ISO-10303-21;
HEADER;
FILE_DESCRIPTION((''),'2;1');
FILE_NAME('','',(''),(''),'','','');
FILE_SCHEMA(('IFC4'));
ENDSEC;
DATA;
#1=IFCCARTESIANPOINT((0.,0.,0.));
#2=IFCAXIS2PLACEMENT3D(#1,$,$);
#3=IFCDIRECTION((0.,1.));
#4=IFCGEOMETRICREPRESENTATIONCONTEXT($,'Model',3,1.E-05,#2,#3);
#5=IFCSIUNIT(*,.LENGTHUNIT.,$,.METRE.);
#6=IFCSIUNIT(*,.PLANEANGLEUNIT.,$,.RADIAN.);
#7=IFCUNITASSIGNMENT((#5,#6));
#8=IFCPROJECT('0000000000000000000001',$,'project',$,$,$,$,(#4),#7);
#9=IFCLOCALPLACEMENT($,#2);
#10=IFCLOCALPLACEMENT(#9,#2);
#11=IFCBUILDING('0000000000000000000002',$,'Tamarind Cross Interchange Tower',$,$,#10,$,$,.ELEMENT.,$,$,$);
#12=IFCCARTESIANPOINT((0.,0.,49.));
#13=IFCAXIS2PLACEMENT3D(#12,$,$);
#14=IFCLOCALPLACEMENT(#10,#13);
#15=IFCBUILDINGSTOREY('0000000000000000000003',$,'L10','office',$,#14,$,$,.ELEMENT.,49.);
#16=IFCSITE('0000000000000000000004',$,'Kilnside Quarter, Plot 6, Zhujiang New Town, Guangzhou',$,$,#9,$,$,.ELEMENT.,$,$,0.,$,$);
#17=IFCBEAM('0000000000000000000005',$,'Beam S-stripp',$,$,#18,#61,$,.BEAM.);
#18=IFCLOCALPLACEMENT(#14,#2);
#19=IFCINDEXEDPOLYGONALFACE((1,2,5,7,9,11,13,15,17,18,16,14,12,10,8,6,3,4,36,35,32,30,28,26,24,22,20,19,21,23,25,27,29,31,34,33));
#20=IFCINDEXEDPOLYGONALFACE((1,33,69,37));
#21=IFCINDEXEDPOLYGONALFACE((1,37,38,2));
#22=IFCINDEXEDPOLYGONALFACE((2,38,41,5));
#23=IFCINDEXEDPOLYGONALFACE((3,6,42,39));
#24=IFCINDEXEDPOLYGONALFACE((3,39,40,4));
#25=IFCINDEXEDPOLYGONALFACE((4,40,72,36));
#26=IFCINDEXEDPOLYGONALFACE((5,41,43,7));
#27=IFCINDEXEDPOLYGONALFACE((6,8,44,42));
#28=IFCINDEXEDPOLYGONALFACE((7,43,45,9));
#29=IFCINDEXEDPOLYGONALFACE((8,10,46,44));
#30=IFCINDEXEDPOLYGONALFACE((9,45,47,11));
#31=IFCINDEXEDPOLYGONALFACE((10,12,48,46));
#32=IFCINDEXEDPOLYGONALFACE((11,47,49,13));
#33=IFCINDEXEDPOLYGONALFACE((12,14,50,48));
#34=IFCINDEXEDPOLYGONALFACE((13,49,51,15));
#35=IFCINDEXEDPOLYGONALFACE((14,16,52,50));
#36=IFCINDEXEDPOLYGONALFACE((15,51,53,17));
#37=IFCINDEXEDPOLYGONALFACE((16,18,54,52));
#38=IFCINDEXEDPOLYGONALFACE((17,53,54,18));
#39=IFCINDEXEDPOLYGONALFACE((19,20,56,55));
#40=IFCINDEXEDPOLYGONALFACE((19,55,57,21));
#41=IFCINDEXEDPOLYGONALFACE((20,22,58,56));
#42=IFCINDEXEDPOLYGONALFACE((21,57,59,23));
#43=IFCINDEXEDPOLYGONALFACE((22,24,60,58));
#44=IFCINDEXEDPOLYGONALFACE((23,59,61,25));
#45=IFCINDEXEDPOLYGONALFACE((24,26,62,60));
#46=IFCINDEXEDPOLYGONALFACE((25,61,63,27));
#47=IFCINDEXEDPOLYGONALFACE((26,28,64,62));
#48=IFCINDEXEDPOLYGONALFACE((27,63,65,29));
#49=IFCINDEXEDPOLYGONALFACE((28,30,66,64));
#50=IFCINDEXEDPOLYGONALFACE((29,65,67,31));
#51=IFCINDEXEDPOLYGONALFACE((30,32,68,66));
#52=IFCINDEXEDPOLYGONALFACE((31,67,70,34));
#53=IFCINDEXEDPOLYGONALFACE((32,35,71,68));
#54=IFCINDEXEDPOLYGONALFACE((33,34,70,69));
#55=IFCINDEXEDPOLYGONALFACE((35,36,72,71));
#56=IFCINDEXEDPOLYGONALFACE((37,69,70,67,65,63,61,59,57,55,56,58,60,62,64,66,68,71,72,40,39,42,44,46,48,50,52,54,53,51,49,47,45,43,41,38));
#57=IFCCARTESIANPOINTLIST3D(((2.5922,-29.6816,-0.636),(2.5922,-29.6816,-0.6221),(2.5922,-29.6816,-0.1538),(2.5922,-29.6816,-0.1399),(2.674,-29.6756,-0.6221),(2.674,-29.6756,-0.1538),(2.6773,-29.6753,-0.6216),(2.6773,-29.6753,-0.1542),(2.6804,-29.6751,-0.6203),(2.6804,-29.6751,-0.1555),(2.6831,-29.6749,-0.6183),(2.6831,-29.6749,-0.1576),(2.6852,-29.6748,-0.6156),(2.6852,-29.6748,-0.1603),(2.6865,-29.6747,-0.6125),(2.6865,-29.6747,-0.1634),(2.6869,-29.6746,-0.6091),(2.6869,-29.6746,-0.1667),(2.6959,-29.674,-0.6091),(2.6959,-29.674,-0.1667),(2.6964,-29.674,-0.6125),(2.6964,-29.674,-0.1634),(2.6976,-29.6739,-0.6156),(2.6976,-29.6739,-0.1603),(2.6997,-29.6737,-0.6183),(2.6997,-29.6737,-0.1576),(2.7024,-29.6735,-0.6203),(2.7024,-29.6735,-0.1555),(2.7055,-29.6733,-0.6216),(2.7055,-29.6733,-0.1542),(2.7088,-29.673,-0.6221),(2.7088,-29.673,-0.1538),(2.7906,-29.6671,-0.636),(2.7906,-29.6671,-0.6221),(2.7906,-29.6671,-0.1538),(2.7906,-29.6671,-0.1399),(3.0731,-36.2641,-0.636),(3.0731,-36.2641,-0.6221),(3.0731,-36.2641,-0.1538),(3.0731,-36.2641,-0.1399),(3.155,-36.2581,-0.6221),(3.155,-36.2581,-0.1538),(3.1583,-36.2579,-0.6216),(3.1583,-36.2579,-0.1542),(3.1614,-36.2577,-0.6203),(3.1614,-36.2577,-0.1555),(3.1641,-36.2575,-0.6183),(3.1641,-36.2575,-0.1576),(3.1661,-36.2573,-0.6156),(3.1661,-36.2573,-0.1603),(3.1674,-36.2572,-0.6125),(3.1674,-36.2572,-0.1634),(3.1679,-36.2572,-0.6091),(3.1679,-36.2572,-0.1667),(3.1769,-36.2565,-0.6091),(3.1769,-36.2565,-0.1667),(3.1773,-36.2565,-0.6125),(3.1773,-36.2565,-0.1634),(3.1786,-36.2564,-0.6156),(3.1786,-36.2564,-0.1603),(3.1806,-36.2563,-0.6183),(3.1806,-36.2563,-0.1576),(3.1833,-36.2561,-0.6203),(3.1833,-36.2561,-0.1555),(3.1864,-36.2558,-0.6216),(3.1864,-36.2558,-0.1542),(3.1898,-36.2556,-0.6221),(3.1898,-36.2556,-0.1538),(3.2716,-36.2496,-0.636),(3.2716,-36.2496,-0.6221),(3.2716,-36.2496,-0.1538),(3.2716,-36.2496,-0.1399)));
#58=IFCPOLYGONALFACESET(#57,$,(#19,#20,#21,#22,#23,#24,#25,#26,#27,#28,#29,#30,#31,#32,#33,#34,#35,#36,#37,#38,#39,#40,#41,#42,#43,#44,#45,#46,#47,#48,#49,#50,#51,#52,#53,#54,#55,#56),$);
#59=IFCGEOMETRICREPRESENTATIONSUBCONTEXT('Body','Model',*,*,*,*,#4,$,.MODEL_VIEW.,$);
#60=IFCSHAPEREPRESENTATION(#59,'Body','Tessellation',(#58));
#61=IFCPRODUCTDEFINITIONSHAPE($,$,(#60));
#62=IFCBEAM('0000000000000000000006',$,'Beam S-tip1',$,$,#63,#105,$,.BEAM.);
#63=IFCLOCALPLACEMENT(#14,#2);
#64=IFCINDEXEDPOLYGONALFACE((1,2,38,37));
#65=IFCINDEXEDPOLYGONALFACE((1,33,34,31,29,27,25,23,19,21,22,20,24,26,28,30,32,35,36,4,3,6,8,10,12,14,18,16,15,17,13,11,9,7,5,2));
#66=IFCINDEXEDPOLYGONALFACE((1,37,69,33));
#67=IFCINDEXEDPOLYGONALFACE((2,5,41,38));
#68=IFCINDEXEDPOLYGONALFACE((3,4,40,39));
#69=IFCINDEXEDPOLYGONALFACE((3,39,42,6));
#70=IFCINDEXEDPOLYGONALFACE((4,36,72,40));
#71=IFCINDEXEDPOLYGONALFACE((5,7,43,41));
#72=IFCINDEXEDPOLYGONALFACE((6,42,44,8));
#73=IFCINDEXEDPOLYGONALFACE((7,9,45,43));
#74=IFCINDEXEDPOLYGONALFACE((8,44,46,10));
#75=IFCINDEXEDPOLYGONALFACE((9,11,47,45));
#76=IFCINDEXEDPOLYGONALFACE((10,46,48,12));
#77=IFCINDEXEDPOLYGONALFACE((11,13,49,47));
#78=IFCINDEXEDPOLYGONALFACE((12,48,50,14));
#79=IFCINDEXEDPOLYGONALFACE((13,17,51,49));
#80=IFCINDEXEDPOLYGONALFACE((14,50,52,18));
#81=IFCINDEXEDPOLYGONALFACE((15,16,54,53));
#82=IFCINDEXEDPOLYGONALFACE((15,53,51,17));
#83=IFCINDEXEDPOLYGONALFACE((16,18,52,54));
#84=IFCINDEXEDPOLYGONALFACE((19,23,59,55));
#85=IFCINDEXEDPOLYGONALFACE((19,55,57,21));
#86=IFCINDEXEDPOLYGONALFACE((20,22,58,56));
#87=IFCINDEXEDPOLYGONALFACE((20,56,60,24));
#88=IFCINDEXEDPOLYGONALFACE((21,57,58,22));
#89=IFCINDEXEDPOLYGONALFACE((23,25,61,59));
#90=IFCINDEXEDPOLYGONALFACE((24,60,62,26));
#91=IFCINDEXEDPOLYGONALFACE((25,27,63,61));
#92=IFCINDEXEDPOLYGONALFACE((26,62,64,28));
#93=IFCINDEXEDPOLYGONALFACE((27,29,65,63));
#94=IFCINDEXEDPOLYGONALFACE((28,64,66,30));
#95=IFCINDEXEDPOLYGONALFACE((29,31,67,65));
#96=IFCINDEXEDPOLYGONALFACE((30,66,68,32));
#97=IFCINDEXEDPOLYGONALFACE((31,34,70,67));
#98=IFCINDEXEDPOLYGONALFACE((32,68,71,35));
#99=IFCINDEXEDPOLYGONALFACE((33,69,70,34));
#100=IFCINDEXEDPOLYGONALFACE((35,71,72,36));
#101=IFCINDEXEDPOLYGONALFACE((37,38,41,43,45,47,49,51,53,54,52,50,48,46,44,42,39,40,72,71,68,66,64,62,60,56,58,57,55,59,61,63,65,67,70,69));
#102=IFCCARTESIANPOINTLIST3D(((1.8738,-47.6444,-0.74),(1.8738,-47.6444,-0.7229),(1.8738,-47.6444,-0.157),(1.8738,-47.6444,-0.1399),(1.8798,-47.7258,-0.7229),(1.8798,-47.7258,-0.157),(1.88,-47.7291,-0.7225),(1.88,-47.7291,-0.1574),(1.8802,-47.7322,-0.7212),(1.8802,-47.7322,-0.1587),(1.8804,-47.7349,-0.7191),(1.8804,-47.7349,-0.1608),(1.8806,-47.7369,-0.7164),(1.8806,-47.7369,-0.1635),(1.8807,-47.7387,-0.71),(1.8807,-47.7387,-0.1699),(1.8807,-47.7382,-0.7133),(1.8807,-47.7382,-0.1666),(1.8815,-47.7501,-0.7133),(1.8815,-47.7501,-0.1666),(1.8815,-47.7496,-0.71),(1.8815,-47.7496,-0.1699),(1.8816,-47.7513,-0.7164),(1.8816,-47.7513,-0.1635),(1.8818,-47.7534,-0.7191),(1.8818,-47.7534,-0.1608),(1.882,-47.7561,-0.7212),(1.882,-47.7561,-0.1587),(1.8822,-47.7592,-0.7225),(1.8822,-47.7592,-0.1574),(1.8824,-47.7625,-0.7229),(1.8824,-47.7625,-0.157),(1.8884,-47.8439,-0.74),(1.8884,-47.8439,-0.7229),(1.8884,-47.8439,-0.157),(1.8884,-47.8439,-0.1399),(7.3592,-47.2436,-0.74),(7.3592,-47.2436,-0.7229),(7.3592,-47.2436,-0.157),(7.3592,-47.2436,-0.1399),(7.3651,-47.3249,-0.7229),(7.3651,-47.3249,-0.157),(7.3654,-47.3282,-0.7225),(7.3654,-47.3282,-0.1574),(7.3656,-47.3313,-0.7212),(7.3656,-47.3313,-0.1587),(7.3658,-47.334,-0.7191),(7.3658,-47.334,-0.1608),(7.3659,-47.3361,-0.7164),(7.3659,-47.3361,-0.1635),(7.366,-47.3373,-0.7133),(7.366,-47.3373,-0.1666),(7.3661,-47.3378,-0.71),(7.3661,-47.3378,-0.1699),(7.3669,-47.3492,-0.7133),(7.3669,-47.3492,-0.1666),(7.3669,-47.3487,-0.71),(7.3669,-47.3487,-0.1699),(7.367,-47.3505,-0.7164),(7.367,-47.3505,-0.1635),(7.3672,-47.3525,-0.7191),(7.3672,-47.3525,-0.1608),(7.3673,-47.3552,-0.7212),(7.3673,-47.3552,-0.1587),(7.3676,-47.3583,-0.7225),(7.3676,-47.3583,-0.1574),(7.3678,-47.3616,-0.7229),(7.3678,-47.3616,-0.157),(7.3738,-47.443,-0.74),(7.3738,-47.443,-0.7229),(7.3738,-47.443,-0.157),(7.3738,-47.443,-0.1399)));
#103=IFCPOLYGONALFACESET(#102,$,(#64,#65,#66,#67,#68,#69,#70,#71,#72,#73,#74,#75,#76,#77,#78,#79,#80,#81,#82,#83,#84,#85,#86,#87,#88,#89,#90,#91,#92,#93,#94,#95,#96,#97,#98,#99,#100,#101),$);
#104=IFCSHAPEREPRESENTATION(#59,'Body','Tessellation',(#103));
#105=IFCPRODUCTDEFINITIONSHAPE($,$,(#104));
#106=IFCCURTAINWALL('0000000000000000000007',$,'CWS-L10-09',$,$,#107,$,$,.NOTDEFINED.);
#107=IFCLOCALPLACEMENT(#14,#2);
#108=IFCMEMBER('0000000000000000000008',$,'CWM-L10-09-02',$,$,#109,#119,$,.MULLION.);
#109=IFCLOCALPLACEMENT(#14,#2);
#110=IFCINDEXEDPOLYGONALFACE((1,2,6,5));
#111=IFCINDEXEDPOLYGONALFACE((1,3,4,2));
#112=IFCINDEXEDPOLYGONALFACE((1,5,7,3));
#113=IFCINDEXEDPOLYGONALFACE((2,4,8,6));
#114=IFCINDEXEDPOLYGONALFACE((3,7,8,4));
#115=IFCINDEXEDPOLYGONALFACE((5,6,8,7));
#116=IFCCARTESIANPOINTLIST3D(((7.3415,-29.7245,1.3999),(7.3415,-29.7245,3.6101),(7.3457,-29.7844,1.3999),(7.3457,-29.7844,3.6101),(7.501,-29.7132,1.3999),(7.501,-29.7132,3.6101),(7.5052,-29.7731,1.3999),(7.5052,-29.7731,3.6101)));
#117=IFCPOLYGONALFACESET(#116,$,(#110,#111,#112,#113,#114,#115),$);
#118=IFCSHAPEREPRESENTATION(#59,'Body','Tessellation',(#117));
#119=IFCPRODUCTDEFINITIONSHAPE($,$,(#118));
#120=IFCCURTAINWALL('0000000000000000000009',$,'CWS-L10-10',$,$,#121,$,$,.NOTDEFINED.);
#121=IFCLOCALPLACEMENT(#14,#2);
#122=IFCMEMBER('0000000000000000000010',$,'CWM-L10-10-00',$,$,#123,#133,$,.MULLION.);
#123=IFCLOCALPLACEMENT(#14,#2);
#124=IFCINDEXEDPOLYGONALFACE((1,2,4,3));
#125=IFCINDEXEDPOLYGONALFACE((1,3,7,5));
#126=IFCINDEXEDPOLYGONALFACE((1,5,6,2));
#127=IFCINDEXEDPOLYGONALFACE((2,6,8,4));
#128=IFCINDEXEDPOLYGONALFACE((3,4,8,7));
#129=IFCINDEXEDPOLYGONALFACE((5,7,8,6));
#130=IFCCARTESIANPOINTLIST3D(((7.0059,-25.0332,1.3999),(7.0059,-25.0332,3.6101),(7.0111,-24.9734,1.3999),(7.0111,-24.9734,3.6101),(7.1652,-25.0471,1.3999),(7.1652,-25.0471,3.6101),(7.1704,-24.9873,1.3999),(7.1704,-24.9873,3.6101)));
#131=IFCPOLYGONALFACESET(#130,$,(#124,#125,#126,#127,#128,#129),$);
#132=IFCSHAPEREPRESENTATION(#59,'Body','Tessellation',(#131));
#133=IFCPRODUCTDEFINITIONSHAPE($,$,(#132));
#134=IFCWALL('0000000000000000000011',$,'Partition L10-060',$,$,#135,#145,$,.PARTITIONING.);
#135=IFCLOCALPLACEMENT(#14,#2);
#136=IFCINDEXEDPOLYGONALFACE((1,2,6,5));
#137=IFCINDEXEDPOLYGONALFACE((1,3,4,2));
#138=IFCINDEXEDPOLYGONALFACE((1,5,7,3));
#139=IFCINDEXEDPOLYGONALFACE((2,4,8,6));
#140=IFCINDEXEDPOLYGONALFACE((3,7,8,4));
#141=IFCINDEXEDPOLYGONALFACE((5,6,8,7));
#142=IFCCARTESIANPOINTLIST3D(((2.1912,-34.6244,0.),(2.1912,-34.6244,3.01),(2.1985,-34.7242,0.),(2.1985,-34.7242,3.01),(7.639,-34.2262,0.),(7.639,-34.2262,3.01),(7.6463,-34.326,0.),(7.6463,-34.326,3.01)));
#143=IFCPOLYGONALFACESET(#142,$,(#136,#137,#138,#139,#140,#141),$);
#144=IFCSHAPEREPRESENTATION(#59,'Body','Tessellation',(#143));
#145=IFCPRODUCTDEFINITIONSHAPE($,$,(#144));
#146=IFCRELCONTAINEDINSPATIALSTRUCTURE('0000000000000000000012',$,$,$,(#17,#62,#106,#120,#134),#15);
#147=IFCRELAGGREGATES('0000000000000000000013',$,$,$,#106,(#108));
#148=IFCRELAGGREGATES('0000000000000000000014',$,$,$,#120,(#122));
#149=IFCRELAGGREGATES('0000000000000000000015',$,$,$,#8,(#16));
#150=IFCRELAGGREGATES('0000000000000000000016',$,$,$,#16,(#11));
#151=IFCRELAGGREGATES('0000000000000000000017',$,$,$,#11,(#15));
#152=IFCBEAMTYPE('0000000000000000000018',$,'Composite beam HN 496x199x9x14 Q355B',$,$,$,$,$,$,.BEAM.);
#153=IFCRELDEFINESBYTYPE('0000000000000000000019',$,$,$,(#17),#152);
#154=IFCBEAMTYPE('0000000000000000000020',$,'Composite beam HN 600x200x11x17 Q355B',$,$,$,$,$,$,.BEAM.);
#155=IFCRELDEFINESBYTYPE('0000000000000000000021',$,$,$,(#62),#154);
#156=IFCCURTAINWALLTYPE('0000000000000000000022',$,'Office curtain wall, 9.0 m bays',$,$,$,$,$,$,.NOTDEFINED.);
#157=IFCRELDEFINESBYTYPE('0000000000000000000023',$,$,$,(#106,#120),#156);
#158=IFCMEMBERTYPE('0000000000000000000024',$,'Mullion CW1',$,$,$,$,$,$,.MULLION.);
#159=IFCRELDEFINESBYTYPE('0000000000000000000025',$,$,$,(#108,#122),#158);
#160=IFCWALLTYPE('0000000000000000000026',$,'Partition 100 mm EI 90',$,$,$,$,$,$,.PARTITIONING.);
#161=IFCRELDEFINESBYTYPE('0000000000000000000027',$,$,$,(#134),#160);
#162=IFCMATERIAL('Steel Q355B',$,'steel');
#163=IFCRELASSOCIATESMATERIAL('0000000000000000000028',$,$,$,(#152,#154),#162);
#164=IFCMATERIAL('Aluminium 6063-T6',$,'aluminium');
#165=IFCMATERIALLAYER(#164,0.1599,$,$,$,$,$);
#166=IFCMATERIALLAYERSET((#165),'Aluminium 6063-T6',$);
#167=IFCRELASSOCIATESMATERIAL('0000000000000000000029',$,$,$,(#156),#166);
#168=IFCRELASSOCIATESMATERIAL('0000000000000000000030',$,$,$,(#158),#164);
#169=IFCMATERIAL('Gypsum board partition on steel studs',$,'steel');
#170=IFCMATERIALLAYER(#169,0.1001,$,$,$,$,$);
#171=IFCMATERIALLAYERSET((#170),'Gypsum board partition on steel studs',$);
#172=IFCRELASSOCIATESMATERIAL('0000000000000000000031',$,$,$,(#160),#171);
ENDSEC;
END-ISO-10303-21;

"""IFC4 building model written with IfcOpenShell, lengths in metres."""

from ifc_helpers import new_model, si_unit, direction, frame, frame_2d, origin, origin_2d, place, context, subcontext, project, spatial, rectangle, i_section, extrude, material, layer, layer_set, material_profile, profile_set, type_object, element, aggregate, save


model = new_model("IFC4")

# Units and contexts
model_context = context("Model", 3, precision=1e-05, world=origin(), true_north=direction((0.0, 1.0)))
body_context = subcontext(model_context, "Body", "Model", "MODEL_VIEW")
ifc_project = project(units=[si_unit("LENGTHUNIT", "METRE"), si_unit("PLANEANGLEUNIT", "RADIAN")], contexts=[model_context])

# Site, building, storey
site_placement = place(None, origin())
site = spatial("IfcSite", under=ifc_project, at=site_placement, Name="Kilnside Quarter, Plot 6, Zhujiang New Town, Guangzhou", CompositionType="ELEMENT", RefElevation=0.0)
building_placement = place(site_placement, origin())
building = spatial("IfcBuilding", under=site, at=building_placement, Name="Tamarind Cross Interchange Tower", CompositionType="ELEMENT")
storey_placement = place(building_placement, frame((0.0, 0.0, 49.0)))
storey = spatial("IfcBuildingStorey", under=building, at=storey_placement, Name="L10", Description="office", CompositionType="ELEMENT", Elevation=49.0)

# Beams
ifc_material_1 = material(Name="Steel Q355B", Category="steel")
ifc_material_profile_1 = material_profile(ifc_material_1, i_section(OverallWidth=0.199, OverallDepth=0.4961, WebThickness=0.009, FlangeThickness=0.0139, FilletRadius=0.0129, at=origin_2d()), Name="HN 496x199x9x14")
ifc_profile_set_1 = profile_set([ifc_material_profile_1], Name="Steel Q355B")
beam_type_1 = type_object("IfcBeamType", Name="Composite beam HN 496x199x9x14 Q355B", PredefinedType="BEAM", material=ifc_profile_set_1)
beam_1_placement = place(storey_placement, frame((2.6914, -29.6743, -0.3879), z_axis=(0.072872, -0.997341, 0.0), x_axis=(0.997341, 0.072872, 0.0)))
element("IfcBeam", 1, at=beam_1_placement, inside=storey, type_object=beam_type_1, Name="Beam S-stripp", PredefinedType="BEAM", context=body_context, shape_type="SweptSolid", body=[
    extrude(i_section(OverallWidth=0.199, OverallDepth=0.4961, WebThickness=0.009, FlangeThickness=0.0139, FilletRadius=0.0129, at=origin_2d()), origin(), (0.0, 0.0, 1.0), 6.6001),
])
ifc_material_profile_2 = material_profile(ifc_material_1, i_section(OverallWidth=0.2, OverallDepth=0.6001, WebThickness=0.011, FlangeThickness=0.0171, FilletRadius=0.0129, at=origin_2d()), Name="HN 600x200x11x17")
ifc_profile_set_2 = profile_set([ifc_material_profile_2], Name="Steel Q355B")
beam_type_2 = type_object("IfcBeamType", Name="Composite beam HN 600x200x11x17 Q355B", PredefinedType="BEAM", material=ifc_profile_set_2)
beam_2_placement = place(storey_placement, frame((1.8811, -47.7441, -0.4399), z_axis=(0.99734, 0.072887, 0.0), x_axis=(-0.072887, 0.99734, 0.0)))
element("IfcBeam", 2, at=beam_2_placement, inside=storey, type_object=beam_type_2, Name="Beam S-tip1", PredefinedType="BEAM", context=body_context, shape_type="SweptSolid", body=[
    extrude(i_section(OverallWidth=0.2, OverallDepth=0.6001, WebThickness=0.011, FlangeThickness=0.0171, FilletRadius=0.0129, at=origin_2d()), origin(), (0.0, 0.0, 1.0), 5.5),
])

# Curtain walls, members
ifc_material_2 = material(Name="Aluminium 6063-T6", Category="aluminium")
ifc_layer_1 = layer(ifc_material_2, 0.1599)
ifc_layer_set_1 = layer_set([ifc_layer_1], Name="Aluminium 6063-T6")
curtain_wall_type = type_object("IfcCurtainWallType", Name="Office curtain wall, 9.0 m bays", PredefinedType="NOTDEFINED", material=ifc_layer_set_1)
curtain_wall_1_placement = place(storey_placement, origin())
curtain_wall_1 = element("IfcCurtainWall", 3, at=curtain_wall_1_placement, inside=storey, type_object=curtain_wall_type, Name="CWS-L10-09", PredefinedType="NOTDEFINED")
ifc_material_profile_3 = material_profile(ifc_material_2, rectangle(XDim=0.0601, YDim=0.1599, at=origin_2d()), Name="Mullion CW1")
ifc_profile_set_3 = profile_set([ifc_material_profile_3], Name="Aluminium 6063-T6")
member_type = type_object("IfcMemberType", Name="Mullion CW1", PredefinedType="MULLION", material=ifc_profile_set_3)
member_1_placement = place(storey_placement, frame((7.4233, -29.7488, 1.3999), z_axis=(0.0, 0.0, 1.0), x_axis=(-0.070594, 0.997505, 0.0)))
member_1 = element("IfcMember", 4, at=member_1_placement, type_object=member_type, Name="CWM-L10-09-02", PredefinedType="MULLION", context=body_context, shape_type="SweptSolid", body=[
    extrude(rectangle(XDim=0.0601, YDim=0.1599, at=origin_2d()), origin(), (0.0, 0.0, 1.0), 2.2102),
])
aggregate(curtain_wall_1, [member_1])
curtain_wall_2_placement = place(storey_placement, origin())
curtain_wall_2 = element("IfcCurtainWall", 5, at=curtain_wall_2_placement, inside=storey, type_object=curtain_wall_type, Name="CWS-L10-10", PredefinedType="NOTDEFINED")
member_2_placement = place(storey_placement, frame((7.0881, -25.0103, 1.3999), z_axis=(0.0, 0.0, 1.0), x_axis=(0.087056, 0.996203, 0.0)))
member_2 = element("IfcMember", 6, at=member_2_placement, type_object=member_type, Name="CWM-L10-10-00", PredefinedType="MULLION", context=body_context, shape_type="SweptSolid", body=[
    extrude(rectangle(XDim=0.0601, YDim=0.1599, at=origin_2d()), origin(), (0.0, 0.0, 1.0), 2.2102),
])
aggregate(curtain_wall_2, [member_2])

# Wall
ifc_material_3 = material(Name="Gypsum board partition on steel studs", Category="steel")
ifc_layer_2 = layer(ifc_material_3, 0.1001)
ifc_layer_set_2 = layer_set([ifc_layer_2], Name="Gypsum board partition on steel studs")
wall_type_1 = type_object("IfcWallType", Name="Partition 100 mm EI 90", PredefinedType="PARTITIONING", material=ifc_layer_set_2)
wall_1_placement = place(storey_placement, frame((2.1948, -34.6743, 0.0), z_axis=(0.0, 0.0, 1.0), x_axis=(0.997339, 0.072899, 0.0)))
element("IfcWall", 7, at=wall_1_placement, inside=storey, type_object=wall_type_1, Name="Partition L10-060", PredefinedType="PARTITIONING", context=body_context, shape_type="SweptSolid", body=[
    extrude(rectangle(XDim=5.4624, YDim=0.1001, at=frame_2d((2.7312, 0.0))), origin(), (0.0, 0.0, 1.0), 3.01),
])

save(model, "model.ifc")
